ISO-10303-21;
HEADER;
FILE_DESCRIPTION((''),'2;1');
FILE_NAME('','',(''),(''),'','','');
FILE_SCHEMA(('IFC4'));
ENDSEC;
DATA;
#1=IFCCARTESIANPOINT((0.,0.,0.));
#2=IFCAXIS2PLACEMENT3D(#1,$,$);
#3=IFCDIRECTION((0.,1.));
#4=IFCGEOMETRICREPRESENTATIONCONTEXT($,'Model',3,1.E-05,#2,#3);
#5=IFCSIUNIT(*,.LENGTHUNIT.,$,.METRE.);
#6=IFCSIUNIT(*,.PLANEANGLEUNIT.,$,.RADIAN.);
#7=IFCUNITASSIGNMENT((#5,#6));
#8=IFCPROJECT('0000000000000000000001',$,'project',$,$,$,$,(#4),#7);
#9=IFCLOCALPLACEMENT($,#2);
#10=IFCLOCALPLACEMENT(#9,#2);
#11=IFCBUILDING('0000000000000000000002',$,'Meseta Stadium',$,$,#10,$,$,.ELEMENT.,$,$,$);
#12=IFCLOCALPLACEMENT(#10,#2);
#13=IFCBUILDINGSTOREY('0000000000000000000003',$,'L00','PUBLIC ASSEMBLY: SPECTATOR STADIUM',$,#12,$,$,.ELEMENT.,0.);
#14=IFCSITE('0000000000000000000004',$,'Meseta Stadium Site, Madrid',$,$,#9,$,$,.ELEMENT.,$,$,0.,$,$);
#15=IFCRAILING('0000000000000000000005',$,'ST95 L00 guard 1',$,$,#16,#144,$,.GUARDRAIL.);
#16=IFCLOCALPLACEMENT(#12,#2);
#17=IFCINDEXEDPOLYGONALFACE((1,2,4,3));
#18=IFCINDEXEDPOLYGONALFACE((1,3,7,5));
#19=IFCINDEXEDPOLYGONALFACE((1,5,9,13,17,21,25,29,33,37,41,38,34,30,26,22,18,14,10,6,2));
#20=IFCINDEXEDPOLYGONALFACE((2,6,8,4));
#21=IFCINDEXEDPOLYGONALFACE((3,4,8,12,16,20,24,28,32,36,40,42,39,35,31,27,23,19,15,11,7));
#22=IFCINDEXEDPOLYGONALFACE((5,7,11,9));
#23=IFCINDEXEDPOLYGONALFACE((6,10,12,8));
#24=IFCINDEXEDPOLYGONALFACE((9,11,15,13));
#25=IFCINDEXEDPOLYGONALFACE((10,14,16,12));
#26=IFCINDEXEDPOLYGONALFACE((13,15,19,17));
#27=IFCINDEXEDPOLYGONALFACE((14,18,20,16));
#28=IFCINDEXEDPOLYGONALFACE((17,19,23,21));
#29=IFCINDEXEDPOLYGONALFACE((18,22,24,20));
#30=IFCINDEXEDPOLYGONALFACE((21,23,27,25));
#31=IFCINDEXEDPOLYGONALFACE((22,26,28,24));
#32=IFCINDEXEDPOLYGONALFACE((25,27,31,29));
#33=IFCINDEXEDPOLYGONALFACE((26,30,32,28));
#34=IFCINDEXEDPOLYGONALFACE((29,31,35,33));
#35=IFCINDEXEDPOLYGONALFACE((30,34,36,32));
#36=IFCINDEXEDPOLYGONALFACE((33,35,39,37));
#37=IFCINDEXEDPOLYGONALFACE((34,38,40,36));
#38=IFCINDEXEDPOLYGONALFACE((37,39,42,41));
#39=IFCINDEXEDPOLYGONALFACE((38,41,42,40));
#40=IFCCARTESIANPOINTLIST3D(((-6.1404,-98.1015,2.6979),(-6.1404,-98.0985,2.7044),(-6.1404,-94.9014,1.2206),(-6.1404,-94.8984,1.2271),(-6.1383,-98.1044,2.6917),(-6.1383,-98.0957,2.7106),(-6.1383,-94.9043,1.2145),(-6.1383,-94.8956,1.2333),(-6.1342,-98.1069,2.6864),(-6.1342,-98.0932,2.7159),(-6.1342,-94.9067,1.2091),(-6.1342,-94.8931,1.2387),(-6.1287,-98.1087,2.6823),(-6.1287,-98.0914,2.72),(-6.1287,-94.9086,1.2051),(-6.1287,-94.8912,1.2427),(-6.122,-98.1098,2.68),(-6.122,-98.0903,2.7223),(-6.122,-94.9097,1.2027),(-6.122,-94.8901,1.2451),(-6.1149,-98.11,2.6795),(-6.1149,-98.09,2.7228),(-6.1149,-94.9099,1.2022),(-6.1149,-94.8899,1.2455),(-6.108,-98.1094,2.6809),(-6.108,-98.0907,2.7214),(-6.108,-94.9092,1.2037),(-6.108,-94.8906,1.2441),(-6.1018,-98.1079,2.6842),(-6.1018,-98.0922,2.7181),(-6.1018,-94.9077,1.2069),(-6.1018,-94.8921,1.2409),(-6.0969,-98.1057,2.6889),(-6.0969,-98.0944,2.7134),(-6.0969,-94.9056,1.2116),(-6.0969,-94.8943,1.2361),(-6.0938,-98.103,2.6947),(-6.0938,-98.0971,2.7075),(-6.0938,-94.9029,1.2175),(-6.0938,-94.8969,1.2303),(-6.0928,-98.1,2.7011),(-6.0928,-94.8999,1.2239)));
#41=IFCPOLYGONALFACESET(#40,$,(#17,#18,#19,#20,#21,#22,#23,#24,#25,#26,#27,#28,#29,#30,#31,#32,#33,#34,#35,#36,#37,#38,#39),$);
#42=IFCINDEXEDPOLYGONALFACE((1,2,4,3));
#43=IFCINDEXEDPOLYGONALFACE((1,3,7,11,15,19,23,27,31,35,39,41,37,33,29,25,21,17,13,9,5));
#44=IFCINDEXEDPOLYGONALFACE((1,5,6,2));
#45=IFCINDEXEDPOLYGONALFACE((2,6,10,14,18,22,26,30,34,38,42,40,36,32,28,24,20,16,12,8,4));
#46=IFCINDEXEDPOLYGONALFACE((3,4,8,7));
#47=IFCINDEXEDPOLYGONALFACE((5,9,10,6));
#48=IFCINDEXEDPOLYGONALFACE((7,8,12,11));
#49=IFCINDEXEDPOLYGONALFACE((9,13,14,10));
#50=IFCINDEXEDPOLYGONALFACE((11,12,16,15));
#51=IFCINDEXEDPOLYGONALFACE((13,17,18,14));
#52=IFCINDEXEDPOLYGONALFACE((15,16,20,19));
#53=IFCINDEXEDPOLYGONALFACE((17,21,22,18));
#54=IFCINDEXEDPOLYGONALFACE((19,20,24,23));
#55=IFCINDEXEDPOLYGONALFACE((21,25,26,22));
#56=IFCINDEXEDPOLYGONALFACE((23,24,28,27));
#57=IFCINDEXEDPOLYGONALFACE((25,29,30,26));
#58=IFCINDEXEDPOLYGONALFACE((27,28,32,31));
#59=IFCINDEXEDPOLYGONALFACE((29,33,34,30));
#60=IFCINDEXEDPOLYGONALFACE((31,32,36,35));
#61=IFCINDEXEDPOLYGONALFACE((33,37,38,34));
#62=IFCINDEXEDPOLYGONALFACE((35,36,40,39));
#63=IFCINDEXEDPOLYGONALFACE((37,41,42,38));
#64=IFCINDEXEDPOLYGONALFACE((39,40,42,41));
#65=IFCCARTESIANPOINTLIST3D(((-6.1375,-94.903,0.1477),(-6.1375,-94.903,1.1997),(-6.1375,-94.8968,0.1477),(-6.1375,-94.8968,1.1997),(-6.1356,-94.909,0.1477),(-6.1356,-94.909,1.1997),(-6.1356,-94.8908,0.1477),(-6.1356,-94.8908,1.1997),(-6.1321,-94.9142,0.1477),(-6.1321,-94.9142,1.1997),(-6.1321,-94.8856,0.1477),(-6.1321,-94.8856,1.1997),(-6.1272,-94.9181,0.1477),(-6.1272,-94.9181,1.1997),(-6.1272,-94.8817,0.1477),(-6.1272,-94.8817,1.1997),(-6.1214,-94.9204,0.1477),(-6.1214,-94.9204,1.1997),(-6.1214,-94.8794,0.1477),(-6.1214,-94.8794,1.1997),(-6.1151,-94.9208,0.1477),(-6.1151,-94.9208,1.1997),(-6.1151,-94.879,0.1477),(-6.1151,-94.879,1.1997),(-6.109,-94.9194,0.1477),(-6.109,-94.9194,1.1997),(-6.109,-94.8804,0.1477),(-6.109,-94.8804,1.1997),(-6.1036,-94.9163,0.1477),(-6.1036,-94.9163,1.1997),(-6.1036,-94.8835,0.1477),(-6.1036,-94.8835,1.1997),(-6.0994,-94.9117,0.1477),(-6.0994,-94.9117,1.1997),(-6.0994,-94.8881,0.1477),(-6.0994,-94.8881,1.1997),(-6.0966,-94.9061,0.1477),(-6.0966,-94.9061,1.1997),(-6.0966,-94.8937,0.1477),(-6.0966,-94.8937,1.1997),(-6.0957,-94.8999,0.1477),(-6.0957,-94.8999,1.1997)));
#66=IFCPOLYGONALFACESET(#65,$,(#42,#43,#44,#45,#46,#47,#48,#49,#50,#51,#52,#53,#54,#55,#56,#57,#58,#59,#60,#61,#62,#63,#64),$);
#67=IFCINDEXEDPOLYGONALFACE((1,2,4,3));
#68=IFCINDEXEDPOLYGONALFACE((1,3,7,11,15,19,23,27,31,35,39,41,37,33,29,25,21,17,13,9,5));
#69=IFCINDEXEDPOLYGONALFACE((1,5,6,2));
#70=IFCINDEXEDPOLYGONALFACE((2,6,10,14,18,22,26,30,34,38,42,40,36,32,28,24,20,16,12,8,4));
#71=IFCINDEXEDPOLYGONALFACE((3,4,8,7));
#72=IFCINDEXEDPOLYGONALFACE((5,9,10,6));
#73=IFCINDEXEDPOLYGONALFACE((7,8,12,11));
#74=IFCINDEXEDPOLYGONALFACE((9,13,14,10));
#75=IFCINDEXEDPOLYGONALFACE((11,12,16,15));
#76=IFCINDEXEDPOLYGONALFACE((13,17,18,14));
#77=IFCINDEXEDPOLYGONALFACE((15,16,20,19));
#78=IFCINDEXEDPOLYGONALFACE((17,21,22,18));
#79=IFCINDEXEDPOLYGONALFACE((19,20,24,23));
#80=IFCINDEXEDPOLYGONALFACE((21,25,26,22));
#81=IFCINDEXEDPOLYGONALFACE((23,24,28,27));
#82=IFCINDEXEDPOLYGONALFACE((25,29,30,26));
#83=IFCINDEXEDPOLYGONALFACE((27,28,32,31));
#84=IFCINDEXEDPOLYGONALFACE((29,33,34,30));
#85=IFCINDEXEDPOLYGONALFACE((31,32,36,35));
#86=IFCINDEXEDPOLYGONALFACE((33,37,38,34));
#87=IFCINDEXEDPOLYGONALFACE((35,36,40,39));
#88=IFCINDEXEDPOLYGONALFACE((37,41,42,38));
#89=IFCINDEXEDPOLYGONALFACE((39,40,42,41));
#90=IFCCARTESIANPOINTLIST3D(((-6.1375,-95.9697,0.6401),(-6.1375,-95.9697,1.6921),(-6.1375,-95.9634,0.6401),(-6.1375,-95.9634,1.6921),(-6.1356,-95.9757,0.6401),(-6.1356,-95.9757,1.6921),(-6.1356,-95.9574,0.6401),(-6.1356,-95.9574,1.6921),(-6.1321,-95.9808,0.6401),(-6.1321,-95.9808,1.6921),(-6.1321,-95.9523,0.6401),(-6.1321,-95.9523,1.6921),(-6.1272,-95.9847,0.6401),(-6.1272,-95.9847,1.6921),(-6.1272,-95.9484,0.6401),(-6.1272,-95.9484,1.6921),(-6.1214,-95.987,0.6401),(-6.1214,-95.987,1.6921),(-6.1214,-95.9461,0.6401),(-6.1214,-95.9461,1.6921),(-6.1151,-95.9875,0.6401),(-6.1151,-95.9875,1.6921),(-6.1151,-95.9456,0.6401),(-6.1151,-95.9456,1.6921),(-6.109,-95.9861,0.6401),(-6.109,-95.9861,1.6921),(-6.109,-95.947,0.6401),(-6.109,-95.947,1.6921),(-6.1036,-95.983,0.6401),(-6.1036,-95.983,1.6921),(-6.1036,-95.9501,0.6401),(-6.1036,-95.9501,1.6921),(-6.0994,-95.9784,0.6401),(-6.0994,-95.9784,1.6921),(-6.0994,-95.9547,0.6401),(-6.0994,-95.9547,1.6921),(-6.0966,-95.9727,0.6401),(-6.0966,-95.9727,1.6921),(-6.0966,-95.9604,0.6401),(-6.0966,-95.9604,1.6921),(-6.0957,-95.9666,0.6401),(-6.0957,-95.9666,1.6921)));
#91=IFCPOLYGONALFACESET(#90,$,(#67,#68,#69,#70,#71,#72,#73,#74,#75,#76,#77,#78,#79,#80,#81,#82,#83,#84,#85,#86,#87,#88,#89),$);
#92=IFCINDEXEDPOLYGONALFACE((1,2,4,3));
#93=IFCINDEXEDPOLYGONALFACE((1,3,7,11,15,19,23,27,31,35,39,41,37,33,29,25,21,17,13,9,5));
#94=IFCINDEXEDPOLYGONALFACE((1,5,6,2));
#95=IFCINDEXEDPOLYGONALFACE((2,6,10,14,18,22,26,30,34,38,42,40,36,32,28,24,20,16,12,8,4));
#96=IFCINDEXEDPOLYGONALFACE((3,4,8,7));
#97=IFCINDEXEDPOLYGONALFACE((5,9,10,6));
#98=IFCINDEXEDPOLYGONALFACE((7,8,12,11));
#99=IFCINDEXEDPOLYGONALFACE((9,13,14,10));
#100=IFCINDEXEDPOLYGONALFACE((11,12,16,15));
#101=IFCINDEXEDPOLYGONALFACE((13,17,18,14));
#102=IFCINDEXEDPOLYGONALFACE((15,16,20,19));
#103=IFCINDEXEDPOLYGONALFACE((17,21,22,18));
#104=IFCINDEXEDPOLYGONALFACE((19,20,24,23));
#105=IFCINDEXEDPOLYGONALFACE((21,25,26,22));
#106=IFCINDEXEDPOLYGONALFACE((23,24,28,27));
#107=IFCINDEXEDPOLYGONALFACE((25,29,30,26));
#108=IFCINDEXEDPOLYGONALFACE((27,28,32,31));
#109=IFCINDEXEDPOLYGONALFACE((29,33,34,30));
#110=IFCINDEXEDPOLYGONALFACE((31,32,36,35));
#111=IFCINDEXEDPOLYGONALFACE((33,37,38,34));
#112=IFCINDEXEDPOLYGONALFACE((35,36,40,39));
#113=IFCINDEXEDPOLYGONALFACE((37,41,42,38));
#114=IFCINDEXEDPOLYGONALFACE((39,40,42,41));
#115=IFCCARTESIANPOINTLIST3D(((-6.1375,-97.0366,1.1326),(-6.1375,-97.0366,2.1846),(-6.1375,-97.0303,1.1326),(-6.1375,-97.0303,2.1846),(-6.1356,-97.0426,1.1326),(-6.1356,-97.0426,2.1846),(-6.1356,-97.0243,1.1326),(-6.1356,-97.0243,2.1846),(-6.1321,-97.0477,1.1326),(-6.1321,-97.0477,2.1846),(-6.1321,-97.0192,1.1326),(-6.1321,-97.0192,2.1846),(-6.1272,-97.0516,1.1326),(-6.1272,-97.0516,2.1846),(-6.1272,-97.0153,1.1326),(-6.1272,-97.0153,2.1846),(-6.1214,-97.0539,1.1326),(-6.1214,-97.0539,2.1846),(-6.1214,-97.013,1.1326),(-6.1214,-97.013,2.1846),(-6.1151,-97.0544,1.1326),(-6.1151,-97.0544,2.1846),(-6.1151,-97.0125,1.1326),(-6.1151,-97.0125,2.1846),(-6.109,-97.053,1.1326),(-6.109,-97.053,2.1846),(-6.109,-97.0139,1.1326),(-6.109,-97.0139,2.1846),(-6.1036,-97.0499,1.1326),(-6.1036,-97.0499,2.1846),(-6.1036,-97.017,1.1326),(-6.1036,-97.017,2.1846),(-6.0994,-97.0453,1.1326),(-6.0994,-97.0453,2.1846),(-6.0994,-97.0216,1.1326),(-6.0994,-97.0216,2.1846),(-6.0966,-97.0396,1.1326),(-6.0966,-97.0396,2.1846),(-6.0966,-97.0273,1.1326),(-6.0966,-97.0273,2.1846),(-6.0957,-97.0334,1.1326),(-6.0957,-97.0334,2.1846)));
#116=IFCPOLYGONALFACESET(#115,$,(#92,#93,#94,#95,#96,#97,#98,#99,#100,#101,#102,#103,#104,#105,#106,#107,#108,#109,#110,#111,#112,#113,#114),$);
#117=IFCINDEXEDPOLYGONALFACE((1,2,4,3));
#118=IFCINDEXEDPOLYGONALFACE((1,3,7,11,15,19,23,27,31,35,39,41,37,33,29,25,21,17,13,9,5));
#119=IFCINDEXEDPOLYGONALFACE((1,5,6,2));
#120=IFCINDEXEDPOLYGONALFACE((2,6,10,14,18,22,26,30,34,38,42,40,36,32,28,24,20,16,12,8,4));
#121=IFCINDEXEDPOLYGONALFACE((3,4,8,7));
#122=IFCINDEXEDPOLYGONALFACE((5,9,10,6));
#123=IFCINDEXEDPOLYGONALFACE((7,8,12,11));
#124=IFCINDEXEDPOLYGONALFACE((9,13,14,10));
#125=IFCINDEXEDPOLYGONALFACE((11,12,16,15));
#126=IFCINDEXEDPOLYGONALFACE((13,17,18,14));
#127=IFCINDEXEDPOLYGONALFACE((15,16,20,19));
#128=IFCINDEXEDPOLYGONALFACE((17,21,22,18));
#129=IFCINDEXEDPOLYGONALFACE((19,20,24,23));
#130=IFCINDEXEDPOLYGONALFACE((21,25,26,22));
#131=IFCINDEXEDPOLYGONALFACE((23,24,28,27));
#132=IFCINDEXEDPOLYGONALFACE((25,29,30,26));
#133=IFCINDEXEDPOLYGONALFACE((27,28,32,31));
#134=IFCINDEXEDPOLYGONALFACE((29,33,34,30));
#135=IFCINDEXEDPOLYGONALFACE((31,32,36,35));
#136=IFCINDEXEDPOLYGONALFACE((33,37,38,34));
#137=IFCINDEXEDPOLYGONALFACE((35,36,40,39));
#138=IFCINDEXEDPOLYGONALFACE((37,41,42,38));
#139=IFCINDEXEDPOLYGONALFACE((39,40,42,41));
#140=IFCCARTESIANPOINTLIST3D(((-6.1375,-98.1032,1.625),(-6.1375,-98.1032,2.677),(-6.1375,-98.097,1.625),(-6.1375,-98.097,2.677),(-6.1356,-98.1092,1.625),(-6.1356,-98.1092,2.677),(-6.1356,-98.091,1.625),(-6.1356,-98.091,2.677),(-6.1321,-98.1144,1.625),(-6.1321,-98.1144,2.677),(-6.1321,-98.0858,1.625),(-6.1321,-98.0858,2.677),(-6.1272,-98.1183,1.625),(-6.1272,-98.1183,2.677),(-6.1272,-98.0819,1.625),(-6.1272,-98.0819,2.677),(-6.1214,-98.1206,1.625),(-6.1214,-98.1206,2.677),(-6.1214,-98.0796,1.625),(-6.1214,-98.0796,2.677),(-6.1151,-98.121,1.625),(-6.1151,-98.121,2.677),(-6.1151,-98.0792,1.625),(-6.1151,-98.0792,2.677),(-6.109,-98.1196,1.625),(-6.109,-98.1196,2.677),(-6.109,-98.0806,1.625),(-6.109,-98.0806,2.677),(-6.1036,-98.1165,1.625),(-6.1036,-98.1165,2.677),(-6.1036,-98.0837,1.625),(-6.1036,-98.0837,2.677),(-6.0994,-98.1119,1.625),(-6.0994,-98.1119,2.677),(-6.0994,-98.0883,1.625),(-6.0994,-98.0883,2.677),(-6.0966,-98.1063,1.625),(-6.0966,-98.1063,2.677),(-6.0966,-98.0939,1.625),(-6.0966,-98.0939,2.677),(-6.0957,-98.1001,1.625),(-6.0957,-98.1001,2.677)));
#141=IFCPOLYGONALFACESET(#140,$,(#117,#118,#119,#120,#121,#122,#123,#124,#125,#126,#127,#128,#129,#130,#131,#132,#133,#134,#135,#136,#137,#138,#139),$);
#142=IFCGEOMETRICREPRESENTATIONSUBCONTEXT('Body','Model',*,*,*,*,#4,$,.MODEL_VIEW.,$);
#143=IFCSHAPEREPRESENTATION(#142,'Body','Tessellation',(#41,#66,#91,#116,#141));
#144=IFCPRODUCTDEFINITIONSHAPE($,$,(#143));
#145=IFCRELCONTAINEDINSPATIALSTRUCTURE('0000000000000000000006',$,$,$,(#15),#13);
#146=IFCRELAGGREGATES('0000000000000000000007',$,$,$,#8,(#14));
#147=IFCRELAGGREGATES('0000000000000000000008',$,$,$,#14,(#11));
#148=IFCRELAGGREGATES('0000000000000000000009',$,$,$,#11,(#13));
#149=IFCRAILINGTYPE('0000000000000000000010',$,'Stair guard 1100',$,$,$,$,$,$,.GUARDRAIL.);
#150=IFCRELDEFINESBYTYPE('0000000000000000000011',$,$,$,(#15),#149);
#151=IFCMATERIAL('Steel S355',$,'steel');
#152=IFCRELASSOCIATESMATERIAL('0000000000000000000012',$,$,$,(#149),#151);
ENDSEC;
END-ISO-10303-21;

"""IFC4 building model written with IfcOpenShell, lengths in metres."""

from ifc_helpers import new_model, si_unit, direction, frame, origin, origin_2d, place, context, subcontext, project, spatial, circle, extrude, material, type_object, element, save


model = new_model("IFC4")

# Units and contexts
model_context = context("Model", 3, precision=1e-05, world=origin(), true_north=direction((0.0, 1.0)))
body_context = subcontext(model_context, "Body", "Model", "MODEL_VIEW")
ifc_project = project(units=[si_unit("LENGTHUNIT", "METRE"), si_unit("PLANEANGLEUNIT", "RADIAN")], contexts=[model_context])

# Site, building, storey
site_placement = place(None, origin())
site = spatial("IfcSite", under=ifc_project, at=site_placement, Name="Meseta Stadium Site, Madrid", CompositionType="ELEMENT", RefElevation=0.0)
building_placement = place(site_placement, origin())
building = spatial("IfcBuilding", under=site, at=building_placement, Name="Meseta Stadium", CompositionType="ELEMENT")
storey_placement = place(building_placement, origin())
storey = spatial("IfcBuildingStorey", under=building, at=storey_placement, Name="L00", Description="PUBLIC ASSEMBLY: SPECTATOR STADIUM", CompositionType="ELEMENT", Elevation=0.0)

# Railing
ifc_material_1 = material(Name="Steel S355", Category="steel")
railing_type_1 = type_object("IfcRailingType", Name="Stair guard 1100", PredefinedType="GUARDRAIL", material=ifc_material_1)
railing_1_placement = place(storey_placement, frame((-6.1167, -94.8999, 0.1477)))
element("IfcRailing", 1, at=railing_1_placement, inside=storey, type_object=railing_type_1, Name="ST95 L00 guard 1", PredefinedType="GUARDRAIL", context=body_context, shape_type="SweptSolid", body=[
    extrude(circle(Radius=0.0239, at=origin_2d()), frame((0.0, 0.0, 1.0762), z_axis=(0.0, -0.907929, 0.419124), x_axis=(1.0, 0.0, 0.0)), (0.0, 0.0, 1.0), 3.5247),
    extrude(circle(Radius=0.021, at=origin_2d()), origin(), (0.0, 0.0, 1.0), 1.052),
    extrude(circle(Radius=0.021, at=origin_2d()), frame((0.0, -1.0667, 0.4924)), (0.0, 0.0, 1.0), 1.052),
    extrude(circle(Radius=0.021, at=origin_2d()), frame((0.0, -2.1335, 0.9849)), (0.0, 0.0, 1.0), 1.052),
    extrude(circle(Radius=0.021, at=origin_2d()), frame((0.0, -3.2002, 1.4773)), (0.0, 0.0, 1.0), 1.052),
])

save(model, "model.ifc")
